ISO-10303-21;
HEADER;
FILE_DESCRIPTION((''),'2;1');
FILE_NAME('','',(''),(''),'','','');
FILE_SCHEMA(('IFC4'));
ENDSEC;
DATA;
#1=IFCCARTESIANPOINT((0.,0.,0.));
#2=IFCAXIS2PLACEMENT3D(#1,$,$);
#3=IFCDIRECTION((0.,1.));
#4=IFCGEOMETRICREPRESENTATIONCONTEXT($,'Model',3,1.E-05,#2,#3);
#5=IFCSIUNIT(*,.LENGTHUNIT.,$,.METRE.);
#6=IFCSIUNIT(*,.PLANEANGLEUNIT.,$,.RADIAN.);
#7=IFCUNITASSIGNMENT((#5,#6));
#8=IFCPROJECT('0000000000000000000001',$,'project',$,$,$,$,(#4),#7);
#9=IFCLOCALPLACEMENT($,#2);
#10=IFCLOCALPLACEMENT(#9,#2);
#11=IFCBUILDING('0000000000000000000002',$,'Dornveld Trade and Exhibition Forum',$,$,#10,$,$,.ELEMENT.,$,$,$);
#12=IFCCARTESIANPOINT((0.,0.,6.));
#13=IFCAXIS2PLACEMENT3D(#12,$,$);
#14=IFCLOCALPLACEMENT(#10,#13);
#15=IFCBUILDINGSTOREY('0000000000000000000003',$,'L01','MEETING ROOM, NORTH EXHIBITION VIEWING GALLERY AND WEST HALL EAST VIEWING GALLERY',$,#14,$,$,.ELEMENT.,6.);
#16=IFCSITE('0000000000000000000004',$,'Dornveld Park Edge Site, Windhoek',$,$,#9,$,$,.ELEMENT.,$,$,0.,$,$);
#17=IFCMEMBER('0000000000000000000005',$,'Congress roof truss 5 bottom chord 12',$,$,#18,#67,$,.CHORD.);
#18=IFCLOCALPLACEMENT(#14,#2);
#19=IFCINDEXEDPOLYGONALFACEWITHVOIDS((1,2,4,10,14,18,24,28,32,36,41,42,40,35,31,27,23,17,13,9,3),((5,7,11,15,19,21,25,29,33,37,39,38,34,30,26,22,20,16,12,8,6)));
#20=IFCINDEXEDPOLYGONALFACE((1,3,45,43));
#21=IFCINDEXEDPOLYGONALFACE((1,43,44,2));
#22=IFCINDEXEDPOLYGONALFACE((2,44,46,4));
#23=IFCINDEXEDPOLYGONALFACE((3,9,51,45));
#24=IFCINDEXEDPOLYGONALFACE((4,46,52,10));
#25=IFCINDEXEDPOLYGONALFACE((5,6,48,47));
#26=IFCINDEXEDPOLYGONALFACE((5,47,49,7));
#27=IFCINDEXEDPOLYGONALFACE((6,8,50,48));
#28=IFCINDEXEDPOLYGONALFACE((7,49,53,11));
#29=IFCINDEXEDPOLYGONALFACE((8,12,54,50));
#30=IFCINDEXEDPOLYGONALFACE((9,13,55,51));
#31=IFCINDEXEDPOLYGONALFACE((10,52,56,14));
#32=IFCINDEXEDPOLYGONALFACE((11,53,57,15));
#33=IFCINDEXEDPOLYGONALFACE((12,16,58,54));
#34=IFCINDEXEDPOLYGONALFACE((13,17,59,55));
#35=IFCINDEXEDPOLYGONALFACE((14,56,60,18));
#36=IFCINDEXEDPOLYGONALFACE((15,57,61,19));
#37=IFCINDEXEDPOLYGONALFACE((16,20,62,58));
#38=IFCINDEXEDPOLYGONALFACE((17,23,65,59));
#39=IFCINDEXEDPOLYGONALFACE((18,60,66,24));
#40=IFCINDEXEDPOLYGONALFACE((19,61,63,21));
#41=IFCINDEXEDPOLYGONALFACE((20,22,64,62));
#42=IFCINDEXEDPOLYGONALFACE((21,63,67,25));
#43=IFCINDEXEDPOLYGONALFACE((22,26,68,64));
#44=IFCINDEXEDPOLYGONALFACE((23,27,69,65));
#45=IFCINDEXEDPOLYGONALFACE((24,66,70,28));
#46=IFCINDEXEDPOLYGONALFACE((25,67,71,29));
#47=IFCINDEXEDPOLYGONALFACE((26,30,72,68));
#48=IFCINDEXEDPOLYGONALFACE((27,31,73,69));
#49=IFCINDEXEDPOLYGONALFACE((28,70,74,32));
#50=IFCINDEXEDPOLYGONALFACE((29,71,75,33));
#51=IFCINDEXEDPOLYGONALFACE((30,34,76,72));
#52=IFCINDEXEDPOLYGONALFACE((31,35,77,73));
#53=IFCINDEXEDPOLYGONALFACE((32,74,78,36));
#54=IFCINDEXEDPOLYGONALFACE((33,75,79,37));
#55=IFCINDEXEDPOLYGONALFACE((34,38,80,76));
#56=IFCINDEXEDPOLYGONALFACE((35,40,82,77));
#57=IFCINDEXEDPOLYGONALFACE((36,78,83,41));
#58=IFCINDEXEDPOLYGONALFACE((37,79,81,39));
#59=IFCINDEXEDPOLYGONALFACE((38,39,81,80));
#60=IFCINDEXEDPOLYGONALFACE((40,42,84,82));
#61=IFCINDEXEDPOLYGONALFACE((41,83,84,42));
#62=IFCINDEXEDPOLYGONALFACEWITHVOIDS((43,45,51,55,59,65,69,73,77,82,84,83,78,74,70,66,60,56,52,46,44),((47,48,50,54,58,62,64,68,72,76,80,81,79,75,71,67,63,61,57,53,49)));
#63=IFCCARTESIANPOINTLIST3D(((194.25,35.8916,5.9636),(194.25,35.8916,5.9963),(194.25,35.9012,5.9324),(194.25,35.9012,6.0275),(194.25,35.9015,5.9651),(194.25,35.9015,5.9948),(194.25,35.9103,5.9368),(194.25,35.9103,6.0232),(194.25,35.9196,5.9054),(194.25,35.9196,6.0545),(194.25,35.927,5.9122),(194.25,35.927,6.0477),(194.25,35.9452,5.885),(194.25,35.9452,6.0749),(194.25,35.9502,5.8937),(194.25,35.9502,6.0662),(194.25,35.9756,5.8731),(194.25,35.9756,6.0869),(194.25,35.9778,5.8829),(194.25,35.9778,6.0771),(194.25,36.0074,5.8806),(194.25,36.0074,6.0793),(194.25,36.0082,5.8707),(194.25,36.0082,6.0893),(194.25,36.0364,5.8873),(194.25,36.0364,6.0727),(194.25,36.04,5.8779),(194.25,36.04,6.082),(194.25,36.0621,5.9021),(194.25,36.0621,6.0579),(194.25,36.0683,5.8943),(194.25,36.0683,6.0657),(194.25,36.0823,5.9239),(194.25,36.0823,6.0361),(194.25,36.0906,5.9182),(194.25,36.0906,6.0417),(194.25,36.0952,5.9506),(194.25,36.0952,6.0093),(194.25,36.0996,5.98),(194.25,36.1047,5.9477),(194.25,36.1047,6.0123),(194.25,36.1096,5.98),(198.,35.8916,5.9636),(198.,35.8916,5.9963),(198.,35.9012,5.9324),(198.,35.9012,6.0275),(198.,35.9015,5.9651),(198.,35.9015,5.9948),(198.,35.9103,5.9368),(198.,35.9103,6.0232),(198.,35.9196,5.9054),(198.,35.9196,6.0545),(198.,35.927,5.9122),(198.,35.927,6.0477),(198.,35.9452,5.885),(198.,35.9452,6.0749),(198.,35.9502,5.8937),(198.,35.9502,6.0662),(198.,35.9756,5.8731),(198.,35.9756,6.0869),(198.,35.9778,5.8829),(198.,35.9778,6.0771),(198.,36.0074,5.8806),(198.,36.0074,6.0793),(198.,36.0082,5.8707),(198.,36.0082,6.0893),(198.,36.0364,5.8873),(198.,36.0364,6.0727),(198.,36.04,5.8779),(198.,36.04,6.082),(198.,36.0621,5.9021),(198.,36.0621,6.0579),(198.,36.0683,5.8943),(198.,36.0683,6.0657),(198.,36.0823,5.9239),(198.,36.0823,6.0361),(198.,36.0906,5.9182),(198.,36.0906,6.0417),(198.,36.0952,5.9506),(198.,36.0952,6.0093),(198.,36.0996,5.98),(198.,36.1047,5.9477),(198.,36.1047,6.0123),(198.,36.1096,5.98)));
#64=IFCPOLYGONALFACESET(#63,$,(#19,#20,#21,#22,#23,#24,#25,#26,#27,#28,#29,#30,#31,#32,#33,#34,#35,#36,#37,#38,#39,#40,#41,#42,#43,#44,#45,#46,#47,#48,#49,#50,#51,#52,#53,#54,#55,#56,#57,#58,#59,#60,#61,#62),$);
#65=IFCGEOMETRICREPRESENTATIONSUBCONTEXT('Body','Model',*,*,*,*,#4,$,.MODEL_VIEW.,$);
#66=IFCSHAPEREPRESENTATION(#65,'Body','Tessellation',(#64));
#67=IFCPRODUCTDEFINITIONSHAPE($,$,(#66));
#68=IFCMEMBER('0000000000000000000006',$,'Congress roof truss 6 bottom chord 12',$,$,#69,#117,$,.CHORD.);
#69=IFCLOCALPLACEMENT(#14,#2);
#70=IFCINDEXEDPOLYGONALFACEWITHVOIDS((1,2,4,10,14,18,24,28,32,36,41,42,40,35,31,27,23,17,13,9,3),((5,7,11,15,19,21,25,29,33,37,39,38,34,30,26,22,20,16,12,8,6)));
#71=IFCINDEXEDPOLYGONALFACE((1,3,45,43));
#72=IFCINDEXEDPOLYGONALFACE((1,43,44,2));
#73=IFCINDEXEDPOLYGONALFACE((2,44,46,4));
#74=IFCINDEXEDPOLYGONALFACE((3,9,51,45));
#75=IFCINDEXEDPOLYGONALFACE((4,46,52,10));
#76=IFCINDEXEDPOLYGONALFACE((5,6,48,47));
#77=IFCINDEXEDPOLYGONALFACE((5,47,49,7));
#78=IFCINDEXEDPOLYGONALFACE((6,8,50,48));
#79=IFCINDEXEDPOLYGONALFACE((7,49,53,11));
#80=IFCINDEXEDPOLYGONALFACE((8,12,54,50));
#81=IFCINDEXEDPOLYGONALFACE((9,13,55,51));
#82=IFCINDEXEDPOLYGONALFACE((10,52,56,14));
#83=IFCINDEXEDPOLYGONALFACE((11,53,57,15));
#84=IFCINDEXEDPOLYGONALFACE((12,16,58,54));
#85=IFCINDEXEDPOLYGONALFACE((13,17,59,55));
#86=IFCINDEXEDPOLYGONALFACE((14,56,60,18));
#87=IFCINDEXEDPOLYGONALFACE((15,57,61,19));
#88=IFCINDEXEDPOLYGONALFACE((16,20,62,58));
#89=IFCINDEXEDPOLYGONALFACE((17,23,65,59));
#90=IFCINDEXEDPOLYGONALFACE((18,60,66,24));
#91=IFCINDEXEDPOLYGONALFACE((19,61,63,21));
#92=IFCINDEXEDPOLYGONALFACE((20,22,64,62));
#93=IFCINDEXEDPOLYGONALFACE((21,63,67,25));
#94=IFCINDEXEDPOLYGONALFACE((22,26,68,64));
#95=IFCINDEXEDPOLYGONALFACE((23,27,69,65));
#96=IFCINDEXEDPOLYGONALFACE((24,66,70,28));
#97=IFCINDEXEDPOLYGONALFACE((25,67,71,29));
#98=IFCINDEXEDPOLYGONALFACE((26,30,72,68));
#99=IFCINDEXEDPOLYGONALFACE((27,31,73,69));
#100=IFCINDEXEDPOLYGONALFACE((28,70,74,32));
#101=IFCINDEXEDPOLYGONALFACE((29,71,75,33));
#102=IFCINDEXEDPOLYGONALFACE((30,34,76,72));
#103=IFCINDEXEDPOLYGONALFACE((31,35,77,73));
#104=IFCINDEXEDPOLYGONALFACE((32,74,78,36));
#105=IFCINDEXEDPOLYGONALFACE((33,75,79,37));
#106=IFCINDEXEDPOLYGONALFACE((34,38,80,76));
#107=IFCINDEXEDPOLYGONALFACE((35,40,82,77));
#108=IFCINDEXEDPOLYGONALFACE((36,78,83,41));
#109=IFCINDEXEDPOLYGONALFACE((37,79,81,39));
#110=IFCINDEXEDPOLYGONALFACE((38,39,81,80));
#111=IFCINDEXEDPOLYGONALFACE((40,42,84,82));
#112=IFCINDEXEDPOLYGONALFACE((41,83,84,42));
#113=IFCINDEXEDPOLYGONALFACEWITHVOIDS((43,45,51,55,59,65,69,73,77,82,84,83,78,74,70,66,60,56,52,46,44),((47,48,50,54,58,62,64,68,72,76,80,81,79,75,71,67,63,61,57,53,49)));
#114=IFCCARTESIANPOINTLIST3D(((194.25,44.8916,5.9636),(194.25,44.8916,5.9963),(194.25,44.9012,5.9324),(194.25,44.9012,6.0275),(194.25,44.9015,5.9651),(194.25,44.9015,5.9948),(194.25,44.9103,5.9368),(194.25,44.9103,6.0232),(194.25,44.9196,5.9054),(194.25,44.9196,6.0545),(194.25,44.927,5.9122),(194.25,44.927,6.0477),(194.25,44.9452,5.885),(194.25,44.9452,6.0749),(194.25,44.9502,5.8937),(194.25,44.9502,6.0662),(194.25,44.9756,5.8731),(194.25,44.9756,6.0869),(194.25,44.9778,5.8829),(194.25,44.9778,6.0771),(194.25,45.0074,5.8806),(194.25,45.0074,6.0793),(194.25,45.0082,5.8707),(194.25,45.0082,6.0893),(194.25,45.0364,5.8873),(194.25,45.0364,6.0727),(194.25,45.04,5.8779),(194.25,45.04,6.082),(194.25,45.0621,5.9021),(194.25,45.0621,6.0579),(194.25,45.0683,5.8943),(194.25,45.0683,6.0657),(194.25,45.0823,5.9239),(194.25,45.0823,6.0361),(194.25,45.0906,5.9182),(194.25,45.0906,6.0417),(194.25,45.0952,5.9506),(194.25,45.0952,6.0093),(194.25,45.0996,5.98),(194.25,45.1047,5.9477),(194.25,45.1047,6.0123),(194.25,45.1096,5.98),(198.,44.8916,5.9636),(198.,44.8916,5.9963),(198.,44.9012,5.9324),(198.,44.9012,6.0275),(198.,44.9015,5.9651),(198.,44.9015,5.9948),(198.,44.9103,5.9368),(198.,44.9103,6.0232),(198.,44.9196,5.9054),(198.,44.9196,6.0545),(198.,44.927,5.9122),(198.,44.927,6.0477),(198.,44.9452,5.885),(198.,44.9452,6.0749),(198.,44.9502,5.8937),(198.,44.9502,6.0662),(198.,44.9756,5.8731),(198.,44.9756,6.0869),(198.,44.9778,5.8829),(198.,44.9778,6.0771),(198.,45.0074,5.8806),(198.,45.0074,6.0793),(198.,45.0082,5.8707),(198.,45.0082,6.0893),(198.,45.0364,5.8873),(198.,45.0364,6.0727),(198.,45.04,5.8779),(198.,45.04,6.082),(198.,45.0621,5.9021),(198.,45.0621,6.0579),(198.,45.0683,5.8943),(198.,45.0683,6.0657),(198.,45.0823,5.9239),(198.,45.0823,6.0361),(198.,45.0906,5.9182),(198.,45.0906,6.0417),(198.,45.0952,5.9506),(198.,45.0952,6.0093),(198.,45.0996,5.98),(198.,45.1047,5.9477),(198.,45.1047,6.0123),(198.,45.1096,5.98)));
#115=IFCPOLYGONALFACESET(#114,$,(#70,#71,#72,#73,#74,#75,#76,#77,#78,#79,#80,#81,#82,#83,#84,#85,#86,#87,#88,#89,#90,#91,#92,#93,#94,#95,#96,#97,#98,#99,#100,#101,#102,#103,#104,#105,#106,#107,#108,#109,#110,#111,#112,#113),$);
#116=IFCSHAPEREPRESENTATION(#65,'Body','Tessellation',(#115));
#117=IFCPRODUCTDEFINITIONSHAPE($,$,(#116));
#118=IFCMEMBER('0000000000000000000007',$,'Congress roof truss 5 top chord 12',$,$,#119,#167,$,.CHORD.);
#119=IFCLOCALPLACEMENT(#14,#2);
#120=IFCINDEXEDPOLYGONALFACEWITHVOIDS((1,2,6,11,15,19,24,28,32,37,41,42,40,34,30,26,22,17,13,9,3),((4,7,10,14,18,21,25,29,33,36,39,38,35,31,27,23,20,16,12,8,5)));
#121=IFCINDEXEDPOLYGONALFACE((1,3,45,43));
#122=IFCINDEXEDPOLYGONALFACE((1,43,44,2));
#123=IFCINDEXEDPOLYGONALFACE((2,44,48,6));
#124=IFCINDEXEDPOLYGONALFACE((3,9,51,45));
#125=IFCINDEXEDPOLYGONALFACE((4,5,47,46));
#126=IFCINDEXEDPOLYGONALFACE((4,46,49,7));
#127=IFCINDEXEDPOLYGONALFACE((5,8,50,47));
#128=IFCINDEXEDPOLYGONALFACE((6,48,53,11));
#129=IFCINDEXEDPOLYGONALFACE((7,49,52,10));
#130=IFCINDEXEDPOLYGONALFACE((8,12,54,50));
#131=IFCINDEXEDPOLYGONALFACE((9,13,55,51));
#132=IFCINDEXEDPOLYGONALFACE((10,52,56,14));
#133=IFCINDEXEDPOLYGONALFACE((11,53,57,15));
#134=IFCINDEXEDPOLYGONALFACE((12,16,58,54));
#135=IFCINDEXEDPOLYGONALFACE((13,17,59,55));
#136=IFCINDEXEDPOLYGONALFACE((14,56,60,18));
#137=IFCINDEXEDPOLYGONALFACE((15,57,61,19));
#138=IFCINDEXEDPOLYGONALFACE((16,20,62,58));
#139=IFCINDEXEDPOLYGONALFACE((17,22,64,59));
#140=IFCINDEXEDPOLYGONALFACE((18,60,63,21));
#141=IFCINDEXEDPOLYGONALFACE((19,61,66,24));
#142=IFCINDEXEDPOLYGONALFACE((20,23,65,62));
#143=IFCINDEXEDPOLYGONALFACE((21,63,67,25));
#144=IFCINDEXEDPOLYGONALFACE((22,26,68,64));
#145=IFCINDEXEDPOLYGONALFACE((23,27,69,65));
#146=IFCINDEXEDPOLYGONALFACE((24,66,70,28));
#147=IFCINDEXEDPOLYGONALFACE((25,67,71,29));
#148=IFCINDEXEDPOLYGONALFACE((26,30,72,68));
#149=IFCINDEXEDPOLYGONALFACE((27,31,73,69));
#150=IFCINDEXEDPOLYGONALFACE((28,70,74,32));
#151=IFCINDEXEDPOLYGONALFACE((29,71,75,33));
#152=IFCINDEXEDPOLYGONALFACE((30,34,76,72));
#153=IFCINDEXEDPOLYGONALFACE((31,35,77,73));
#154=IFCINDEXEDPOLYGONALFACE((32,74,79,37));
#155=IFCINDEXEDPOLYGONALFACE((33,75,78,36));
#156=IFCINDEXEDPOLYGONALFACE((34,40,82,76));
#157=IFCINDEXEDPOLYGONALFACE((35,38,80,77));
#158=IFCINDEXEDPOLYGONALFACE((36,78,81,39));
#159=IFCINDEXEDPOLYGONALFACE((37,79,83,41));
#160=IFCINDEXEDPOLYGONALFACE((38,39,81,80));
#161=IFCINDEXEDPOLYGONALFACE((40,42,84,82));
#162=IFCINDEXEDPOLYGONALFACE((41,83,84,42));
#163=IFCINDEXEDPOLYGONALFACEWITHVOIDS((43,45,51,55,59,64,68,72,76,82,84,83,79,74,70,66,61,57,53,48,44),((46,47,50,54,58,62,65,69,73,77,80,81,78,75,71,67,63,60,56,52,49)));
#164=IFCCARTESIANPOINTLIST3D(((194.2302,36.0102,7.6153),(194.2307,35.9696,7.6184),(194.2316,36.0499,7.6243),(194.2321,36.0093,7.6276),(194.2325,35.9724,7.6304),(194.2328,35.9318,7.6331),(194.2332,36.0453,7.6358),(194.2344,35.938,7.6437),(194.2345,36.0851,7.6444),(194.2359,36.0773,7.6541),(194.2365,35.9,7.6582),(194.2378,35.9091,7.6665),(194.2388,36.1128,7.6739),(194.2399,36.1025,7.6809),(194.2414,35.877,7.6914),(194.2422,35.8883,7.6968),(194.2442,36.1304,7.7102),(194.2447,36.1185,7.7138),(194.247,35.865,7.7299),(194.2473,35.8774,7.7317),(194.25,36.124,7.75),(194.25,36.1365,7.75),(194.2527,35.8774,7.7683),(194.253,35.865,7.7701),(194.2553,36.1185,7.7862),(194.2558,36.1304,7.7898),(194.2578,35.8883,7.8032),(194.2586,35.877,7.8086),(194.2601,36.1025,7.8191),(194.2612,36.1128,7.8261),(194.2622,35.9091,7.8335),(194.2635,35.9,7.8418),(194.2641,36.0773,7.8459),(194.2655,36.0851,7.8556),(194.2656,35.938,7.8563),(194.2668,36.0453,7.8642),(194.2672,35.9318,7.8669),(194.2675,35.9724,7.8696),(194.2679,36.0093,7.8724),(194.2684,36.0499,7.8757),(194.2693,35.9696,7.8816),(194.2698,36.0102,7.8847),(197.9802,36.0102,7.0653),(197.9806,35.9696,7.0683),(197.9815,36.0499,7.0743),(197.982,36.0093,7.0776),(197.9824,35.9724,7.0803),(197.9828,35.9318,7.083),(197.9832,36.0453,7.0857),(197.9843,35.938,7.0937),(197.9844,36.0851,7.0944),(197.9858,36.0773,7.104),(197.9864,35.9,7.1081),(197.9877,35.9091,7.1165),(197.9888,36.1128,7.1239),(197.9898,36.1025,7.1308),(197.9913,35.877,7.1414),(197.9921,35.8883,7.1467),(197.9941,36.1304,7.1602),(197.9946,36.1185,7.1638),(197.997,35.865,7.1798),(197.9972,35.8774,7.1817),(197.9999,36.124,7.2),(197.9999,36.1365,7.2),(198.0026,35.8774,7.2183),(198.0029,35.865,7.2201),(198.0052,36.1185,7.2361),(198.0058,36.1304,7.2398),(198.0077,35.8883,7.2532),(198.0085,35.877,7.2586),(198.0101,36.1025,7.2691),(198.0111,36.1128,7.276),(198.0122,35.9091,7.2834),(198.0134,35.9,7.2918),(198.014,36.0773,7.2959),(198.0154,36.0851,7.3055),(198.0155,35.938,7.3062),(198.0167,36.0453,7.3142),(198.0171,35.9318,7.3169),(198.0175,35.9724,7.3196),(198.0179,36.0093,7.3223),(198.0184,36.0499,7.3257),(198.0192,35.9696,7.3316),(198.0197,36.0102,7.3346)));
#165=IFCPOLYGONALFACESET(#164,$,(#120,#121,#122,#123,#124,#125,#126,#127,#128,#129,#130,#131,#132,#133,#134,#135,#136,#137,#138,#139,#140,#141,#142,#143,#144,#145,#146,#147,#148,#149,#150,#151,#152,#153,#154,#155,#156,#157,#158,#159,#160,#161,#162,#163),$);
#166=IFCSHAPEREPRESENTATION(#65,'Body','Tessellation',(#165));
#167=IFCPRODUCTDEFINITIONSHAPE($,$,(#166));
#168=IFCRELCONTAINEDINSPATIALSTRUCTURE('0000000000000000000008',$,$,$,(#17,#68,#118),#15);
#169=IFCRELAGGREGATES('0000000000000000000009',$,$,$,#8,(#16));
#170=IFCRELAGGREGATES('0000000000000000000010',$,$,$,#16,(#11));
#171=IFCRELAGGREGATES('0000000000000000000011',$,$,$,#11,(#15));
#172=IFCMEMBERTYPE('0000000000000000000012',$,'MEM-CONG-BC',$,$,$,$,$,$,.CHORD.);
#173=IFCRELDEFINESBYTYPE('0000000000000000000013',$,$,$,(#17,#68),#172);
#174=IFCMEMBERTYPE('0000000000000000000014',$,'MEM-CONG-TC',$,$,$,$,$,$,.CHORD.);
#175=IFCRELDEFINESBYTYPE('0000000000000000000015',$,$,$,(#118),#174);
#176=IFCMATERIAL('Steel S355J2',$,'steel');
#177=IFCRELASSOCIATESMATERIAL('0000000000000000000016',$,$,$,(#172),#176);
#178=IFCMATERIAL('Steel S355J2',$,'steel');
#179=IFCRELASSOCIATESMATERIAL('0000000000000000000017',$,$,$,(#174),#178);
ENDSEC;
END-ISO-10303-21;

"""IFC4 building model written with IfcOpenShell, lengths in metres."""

from ifc_helpers import new_model, si_unit, direction, frame, origin, origin_2d, place, context, subcontext, project, spatial, hollow_circle, extrude, material, material_profile, profile_set, type_object, element, save


model = new_model("IFC4")

# Units and contexts
model_context = context("Model", 3, precision=1e-05, world=origin(), true_north=direction((0.0, 1.0)))
body_context = subcontext(model_context, "Body", "Model", "MODEL_VIEW")
ifc_project = project(units=[si_unit("LENGTHUNIT", "METRE"), si_unit("PLANEANGLEUNIT", "RADIAN")], contexts=[model_context])

# Site, building, storey
site_placement = place(None, origin())
site = spatial("IfcSite", under=ifc_project, at=site_placement, Name="Dornveld Park Edge Site, Windhoek", CompositionType="ELEMENT", RefElevation=0.0)
building_placement = place(site_placement, origin())
building = spatial("IfcBuilding", under=site, at=building_placement, Name="Dornveld Trade and Exhibition Forum", CompositionType="ELEMENT")
storey_placement = place(building_placement, frame((0.0, 0.0, 6.0)))
storey = spatial("IfcBuildingStorey", under=building, at=storey_placement, Name="L01", Description="MEETING ROOM, NORTH EXHIBITION VIEWING GALLERY AND WEST HALL EAST VIEWING GALLERY", CompositionType="ELEMENT", Elevation=6.0)

# Members
ifc_material_1 = material(Name="Steel S355J2", Category="steel")
ifc_material_profile_1 = material_profile(ifc_material_1, hollow_circle(Radius=0.1096, WallThickness=0.01, at=origin_2d()), Name="CHS 219.1x10")
ifc_profile_set_1 = profile_set([ifc_material_profile_1], Name="Steel S355J2")
member_type_1 = type_object("IfcMemberType", Name="MEM-CONG-BC", PredefinedType="CHORD", material=ifc_profile_set_1)
for number, where, z_axis, x_axis, name in (
    (1, (194.25, 36.0, 5.98), (1.0, 0.0, 0.0), (0.0, 1.0, 0.0), "Congress roof truss 5 bottom chord 12"),
    (2, (194.25, 45.0, 5.98), (1.0, 0.0, 0.0), (0.0, 1.0, 0.0), "Congress roof truss 6 bottom chord 12"),
):
    element("IfcMember", number, at=place(storey_placement, frame(where, z_axis=z_axis, x_axis=x_axis)), inside=storey, type_object=member_type_1, Name=name, PredefinedType="CHORD", context=body_context, shape_type="SweptSolid", body=[
        extrude(hollow_circle(Radius=0.1096, WallThickness=0.01, at=origin_2d()), origin(), (0.0, 0.0, 1.0), 3.75),
    ])
ifc_material_2 = material(Name="Steel S355J2", Category="steel")
ifc_material_profile_2 = material_profile(ifc_material_2, hollow_circle(Radius=0.1365, WallThickness=0.0125, at=origin_2d()), Name="CHS 273x12.5")
ifc_profile_set_2 = profile_set([ifc_material_profile_2], Name="Steel S355J2")
member_type_2 = type_object("IfcMemberType", Name="MEM-CONG-TC", PredefinedType="CHORD", material=ifc_profile_set_2)
for number, where, z_axis, x_axis, name in (
    (3, (194.25, 36.0, 7.75), (0.989413, 0.0, -0.145127), (0.0, 1.0, 0.0), "Congress roof truss 5 top chord 12"),
):
    element("IfcMember", number, at=place(storey_placement, frame(where, z_axis=z_axis, x_axis=x_axis)), inside=storey, type_object=member_type_2, Name=name, PredefinedType="CHORD", context=body_context, shape_type="SweptSolid", body=[
        extrude(hollow_circle(Radius=0.1365, WallThickness=0.0125, at=origin_2d()), origin(), (0.0, 0.0, 1.0), 3.79),
    ])

save(model, "model.ifc")
